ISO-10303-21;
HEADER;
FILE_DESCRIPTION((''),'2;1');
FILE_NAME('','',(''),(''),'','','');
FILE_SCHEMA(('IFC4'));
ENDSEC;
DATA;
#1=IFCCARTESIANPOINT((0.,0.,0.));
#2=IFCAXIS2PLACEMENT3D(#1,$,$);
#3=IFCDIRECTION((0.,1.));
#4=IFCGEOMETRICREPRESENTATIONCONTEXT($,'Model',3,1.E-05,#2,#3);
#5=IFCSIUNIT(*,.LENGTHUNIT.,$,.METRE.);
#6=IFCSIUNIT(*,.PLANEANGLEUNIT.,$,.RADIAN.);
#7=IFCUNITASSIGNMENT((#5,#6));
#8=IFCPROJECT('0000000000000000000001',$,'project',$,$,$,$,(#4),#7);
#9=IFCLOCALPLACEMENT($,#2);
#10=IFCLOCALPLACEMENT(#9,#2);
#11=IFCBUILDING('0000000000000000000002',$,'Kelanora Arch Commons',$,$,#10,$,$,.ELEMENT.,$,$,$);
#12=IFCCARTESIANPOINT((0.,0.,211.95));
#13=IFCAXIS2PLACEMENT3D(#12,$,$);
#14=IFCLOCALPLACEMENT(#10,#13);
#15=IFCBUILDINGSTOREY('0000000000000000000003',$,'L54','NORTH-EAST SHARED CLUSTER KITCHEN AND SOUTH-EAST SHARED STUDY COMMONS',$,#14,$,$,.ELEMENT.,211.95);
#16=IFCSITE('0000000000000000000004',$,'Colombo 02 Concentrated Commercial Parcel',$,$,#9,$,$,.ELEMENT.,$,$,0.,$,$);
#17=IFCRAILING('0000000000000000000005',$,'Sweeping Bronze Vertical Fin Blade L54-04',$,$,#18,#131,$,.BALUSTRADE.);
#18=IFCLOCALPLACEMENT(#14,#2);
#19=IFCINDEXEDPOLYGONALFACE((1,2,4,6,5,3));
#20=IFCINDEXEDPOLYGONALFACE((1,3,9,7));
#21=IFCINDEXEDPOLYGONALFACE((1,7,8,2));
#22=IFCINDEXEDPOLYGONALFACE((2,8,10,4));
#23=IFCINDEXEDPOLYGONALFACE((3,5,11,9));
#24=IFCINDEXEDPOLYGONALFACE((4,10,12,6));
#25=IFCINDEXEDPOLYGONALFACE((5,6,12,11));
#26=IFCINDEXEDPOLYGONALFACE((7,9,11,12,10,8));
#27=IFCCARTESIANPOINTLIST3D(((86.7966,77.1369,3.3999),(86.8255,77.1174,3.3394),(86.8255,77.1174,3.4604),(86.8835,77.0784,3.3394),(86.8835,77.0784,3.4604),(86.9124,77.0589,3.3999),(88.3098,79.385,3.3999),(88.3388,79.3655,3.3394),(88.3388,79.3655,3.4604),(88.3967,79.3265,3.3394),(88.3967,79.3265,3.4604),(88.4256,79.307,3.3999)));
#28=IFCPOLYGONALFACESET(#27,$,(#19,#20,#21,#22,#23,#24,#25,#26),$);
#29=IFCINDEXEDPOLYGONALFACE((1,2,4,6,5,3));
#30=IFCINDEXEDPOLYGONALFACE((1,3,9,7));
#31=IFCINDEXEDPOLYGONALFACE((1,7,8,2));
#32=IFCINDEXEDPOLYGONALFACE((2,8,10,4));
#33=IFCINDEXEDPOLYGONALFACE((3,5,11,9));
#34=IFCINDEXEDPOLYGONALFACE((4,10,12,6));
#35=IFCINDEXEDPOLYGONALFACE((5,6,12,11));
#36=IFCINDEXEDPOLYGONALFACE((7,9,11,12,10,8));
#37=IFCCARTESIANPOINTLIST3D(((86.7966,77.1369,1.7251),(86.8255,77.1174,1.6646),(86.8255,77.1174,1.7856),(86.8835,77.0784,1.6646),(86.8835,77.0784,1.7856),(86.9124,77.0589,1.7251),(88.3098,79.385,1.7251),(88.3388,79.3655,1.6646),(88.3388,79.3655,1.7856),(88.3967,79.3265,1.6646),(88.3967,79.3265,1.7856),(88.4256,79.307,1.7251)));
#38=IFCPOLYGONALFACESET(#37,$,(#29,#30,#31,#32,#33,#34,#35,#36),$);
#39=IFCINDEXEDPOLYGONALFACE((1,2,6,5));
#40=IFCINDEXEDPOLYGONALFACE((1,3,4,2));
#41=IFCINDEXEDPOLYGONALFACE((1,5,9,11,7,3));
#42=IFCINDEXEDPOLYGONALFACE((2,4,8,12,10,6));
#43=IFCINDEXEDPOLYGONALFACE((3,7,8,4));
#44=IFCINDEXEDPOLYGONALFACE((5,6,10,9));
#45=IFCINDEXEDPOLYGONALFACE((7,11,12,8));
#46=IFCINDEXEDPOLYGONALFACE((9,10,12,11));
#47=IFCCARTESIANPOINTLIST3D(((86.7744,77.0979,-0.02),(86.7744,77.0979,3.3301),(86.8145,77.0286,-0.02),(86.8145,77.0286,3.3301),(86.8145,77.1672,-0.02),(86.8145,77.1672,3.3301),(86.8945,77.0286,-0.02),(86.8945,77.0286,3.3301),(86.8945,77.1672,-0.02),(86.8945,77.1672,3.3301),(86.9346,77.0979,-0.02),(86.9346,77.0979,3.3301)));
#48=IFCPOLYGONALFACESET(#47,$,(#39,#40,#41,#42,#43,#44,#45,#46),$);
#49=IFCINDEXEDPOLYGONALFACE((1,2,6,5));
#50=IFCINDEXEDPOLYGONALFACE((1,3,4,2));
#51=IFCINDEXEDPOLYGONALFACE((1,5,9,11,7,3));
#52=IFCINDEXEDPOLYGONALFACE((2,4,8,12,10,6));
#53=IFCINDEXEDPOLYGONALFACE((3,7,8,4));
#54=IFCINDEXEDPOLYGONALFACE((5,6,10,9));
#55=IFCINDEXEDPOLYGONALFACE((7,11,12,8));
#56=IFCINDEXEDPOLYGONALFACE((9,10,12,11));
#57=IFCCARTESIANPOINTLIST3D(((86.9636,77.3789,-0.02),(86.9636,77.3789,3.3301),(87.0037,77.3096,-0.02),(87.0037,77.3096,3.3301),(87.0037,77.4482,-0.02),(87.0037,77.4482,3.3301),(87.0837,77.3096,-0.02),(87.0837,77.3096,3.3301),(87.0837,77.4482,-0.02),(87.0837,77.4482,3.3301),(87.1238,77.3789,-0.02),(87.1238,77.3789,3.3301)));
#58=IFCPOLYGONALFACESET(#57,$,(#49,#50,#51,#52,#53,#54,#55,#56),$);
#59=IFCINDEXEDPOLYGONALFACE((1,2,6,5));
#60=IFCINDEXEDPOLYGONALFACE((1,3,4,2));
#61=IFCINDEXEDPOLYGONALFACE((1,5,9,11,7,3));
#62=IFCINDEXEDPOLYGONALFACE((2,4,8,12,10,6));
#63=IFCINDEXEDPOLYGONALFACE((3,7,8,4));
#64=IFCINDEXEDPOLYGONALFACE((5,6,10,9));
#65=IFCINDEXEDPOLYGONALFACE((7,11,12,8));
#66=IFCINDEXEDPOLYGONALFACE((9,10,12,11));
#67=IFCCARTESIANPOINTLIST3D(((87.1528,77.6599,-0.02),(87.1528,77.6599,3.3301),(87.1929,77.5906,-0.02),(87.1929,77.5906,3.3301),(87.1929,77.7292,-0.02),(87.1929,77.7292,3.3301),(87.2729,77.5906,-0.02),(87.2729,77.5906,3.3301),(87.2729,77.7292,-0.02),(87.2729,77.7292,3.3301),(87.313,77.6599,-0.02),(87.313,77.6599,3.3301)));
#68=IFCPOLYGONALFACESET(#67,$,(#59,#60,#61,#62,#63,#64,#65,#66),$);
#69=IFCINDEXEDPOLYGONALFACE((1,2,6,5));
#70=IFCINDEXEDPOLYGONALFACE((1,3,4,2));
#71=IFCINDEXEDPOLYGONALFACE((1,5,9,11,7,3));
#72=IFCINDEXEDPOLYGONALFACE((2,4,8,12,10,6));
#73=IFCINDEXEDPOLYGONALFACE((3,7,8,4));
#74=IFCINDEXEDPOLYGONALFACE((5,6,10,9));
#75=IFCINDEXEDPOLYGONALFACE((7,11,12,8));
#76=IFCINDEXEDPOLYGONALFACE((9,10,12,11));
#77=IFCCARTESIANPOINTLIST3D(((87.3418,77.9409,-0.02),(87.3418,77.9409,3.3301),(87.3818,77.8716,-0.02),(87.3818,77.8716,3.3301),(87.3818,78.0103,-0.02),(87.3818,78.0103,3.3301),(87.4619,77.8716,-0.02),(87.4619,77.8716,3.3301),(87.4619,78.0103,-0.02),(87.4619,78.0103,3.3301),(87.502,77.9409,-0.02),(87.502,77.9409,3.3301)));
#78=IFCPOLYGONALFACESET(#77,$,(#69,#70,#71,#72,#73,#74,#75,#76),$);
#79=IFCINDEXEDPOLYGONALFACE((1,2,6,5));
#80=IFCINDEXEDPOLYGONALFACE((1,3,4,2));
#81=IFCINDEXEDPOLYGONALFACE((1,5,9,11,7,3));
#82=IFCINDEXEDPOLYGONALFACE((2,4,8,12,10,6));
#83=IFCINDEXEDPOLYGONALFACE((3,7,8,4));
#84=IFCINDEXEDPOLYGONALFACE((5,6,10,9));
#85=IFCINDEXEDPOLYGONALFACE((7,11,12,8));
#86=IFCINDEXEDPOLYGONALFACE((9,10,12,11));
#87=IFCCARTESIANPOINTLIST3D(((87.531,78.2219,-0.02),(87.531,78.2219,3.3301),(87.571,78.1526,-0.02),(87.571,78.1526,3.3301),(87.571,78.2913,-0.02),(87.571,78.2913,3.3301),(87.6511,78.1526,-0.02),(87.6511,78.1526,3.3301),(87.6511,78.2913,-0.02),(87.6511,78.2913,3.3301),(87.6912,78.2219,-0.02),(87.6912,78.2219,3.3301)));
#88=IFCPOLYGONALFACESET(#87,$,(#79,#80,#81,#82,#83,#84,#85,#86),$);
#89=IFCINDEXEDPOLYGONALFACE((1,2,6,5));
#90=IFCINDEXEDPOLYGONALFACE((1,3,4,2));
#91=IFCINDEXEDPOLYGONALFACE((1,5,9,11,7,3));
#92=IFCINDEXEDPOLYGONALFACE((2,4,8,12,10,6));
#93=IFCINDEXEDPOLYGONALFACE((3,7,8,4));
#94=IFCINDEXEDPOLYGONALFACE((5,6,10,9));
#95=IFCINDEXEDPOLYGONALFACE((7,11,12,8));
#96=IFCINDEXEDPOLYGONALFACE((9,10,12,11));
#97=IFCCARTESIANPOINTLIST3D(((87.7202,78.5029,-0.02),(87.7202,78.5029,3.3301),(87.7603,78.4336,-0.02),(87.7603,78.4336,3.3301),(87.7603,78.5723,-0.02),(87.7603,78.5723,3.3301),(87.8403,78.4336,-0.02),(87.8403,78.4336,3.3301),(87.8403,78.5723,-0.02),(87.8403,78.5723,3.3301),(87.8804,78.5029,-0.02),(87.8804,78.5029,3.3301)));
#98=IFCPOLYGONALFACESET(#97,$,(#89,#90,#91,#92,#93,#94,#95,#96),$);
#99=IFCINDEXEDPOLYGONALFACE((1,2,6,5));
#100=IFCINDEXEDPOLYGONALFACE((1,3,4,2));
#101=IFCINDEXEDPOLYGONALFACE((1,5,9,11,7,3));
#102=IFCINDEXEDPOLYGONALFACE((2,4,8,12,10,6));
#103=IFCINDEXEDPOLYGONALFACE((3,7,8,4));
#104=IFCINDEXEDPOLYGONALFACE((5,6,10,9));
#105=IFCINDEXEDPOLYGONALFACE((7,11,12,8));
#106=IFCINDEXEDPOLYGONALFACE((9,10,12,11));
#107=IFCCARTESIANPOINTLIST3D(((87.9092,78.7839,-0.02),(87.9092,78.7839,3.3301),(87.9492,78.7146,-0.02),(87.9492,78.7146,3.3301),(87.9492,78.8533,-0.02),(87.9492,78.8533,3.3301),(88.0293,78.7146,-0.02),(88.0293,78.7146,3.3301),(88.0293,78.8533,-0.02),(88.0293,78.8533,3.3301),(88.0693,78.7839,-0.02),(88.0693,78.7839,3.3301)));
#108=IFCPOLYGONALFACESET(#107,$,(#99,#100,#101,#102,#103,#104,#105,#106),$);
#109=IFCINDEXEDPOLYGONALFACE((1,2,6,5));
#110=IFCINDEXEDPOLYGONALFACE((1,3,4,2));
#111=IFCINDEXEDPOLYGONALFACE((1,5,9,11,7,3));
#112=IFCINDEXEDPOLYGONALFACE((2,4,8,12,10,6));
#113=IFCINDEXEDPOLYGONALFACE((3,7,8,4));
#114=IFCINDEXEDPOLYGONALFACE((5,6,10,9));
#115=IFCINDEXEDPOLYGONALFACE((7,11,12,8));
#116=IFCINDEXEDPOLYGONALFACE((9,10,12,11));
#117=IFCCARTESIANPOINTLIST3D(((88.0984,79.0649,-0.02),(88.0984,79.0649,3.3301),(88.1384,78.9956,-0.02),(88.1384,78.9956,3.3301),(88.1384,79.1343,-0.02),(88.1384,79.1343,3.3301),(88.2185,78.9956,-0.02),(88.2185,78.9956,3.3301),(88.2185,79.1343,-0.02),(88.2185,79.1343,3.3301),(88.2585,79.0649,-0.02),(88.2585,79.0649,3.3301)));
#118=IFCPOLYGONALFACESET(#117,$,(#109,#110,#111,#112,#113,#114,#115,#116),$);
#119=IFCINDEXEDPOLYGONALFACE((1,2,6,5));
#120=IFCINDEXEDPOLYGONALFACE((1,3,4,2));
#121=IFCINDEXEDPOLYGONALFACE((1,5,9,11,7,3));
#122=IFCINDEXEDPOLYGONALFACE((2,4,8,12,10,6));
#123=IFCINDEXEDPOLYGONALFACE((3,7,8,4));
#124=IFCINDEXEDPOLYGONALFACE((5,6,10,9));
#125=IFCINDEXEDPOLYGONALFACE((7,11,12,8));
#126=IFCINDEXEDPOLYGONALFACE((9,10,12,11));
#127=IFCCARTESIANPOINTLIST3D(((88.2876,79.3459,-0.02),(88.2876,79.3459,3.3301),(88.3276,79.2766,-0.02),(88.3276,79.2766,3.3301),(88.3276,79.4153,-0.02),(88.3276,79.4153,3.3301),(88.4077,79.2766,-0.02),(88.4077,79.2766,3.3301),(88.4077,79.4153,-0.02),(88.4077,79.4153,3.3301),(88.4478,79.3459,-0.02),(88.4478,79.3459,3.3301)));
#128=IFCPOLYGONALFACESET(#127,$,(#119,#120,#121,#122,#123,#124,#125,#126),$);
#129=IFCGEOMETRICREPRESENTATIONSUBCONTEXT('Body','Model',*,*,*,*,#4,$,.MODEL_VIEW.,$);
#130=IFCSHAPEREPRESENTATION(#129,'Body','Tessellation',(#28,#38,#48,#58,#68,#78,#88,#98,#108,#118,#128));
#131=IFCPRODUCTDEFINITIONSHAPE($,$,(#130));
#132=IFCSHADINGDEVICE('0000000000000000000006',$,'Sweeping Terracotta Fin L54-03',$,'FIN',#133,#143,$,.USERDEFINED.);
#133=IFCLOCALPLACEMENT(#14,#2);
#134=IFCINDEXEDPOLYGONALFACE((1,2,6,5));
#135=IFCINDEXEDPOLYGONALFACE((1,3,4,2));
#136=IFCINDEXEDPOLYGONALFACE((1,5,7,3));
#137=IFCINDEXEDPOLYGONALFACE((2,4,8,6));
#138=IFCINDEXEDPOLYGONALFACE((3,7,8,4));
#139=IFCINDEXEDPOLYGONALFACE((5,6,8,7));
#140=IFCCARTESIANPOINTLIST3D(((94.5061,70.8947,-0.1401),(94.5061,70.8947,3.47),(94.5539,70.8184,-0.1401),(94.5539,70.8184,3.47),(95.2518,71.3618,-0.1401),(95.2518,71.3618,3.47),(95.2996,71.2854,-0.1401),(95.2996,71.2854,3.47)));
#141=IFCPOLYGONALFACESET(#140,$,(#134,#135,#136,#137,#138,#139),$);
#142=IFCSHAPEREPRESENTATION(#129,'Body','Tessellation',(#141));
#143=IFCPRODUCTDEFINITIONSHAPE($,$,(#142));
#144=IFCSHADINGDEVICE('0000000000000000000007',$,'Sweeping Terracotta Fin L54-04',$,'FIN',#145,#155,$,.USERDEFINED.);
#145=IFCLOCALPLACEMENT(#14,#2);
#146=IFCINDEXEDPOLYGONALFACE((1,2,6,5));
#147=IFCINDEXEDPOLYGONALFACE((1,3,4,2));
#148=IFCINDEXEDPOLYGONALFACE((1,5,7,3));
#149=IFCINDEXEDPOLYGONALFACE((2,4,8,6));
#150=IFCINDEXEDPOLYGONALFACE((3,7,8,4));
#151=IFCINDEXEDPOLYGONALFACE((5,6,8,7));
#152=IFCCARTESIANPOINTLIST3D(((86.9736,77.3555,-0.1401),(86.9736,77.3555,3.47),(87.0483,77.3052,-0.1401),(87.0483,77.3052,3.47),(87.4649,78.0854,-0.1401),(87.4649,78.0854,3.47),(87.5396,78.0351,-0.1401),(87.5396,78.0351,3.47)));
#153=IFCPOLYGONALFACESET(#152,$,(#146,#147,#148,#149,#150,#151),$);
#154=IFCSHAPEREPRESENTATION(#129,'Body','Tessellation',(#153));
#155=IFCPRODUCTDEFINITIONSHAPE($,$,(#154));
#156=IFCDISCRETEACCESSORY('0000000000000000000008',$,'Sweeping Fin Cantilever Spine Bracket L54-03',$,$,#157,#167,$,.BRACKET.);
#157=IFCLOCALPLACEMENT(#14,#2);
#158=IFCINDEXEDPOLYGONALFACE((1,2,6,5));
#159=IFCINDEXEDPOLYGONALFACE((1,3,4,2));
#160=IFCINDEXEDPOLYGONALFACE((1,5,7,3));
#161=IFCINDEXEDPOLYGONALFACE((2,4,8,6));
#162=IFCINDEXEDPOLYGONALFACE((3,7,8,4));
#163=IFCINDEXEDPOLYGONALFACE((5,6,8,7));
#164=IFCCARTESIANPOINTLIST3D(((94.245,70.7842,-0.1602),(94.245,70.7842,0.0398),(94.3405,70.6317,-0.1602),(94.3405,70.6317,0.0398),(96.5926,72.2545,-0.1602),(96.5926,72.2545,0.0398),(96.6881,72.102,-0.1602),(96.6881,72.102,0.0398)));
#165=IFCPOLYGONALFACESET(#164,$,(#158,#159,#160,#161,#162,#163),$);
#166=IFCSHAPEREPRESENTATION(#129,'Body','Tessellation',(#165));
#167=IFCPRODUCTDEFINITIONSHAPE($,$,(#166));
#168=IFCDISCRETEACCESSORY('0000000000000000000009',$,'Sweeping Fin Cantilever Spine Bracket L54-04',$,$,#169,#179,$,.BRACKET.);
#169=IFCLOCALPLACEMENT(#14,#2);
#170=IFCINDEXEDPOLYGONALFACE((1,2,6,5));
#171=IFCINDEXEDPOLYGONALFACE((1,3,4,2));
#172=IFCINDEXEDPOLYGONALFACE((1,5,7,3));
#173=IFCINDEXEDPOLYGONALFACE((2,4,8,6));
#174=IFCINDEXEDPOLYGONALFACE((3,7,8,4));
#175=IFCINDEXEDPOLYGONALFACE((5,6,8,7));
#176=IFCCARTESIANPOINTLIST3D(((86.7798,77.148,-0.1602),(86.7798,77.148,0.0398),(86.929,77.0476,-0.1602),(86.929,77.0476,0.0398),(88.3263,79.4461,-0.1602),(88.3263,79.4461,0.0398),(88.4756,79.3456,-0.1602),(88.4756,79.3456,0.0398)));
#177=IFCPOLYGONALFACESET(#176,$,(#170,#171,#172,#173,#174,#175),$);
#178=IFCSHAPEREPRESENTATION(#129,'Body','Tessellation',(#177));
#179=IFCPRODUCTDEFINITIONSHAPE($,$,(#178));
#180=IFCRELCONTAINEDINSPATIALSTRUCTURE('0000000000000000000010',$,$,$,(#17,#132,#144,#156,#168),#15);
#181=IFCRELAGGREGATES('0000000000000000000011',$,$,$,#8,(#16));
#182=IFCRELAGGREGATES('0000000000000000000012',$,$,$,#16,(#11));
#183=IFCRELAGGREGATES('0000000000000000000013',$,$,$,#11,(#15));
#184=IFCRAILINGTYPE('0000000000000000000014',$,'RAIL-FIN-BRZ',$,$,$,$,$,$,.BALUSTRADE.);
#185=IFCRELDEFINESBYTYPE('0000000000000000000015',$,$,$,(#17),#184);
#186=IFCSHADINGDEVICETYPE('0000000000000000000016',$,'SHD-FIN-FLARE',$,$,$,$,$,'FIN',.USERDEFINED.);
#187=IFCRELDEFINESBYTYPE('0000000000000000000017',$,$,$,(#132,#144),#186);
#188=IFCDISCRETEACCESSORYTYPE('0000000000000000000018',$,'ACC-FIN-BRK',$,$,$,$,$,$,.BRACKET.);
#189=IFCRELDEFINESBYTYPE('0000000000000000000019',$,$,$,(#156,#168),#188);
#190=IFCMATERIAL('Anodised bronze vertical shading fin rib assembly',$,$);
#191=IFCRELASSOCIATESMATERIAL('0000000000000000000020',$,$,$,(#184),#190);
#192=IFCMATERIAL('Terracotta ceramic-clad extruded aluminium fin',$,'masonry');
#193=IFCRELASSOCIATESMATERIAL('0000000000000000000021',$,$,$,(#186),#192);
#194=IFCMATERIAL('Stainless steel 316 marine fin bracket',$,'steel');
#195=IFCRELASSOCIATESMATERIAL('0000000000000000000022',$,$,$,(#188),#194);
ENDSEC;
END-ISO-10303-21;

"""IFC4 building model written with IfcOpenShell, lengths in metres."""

from ifc_helpers import new_model, si_unit, direction, frame, origin, origin_2d, place, context, subcontext, project, spatial, polyline, rectangle, outline, extrude, source, transform, mapped, material, type_object, element, save


model = new_model("IFC4")

# Units and contexts
model_context = context("Model", 3, precision=1e-05, world=origin(), true_north=direction((0.0, 1.0)))
body_context = subcontext(model_context, "Body", "Model", "MODEL_VIEW")
ifc_project = project(units=[si_unit("LENGTHUNIT", "METRE"), si_unit("PLANEANGLEUNIT", "RADIAN")], contexts=[model_context])

# Site, building, storey
site_placement = place(None, origin())
site = spatial("IfcSite", under=ifc_project, at=site_placement, Name="Colombo 02 Concentrated Commercial Parcel", CompositionType="ELEMENT", RefElevation=0.0)
building_placement = place(site_placement, origin())
building = spatial("IfcBuilding", under=site, at=building_placement, Name="Kelanora Arch Commons", CompositionType="ELEMENT")
storey_placement = place(building_placement, frame((0.0, 0.0, 211.95)))
storey = spatial("IfcBuildingStorey", under=building, at=storey_placement, Name="L54", Description="NORTH-EAST SHARED CLUSTER KITCHEN AND SOUTH-EAST SHARED STUDY COMMONS", CompositionType="ELEMENT", Elevation=211.95)

# Railing
ifc_material_1 = material(Name="Anodised bronze vertical shading fin rib assembly")
railing_type = type_object("IfcRailingType", Name="RAIL-FIN-BRZ", PredefinedType="BALUSTRADE", material=ifc_material_1)
railing_1_placement = place(storey_placement, frame((86.8545, 77.0979, -0.02)))
element("IfcRailing", 1, at=railing_1_placement, inside=storey, type_object=railing_type, Name="Sweeping Bronze Vertical Fin Blade L54-04", PredefinedType="BALUSTRADE", context=body_context, shape_type="SweptSolid", body=[
    extrude(outline(polyline([(0.0698, 0.0), (0.0349, 0.0605), (-0.0349, 0.0605), (-0.0698, 0.0), (-0.0349, -0.0605), (0.0349, -0.0605), (0.0698, 0.0)])), frame((0.0, 0.0, 3.4199), z_axis=(0.558395, 0.829575, 0.0), x_axis=(-0.829575, 0.558395, 0.0)), (0.0, 0.0, 1.0), 2.71),
    extrude(outline(polyline([(0.0698, 0.0), (0.0349, 0.0605), (-0.0349, 0.0605), (-0.0698, 0.0), (-0.0349, -0.0605), (0.0349, -0.0605), (0.0698, 0.0)])), frame((0.0, 0.0, 1.7451), z_axis=(0.558395, 0.829575, 0.0), x_axis=(-0.829575, 0.558395, 0.0)), (0.0, 0.0, 1.0), 2.71),
    extrude(outline(polyline([(0.0801, 0.0), (0.04, 0.0693), (-0.04, 0.0693), (-0.0801, 0.0), (-0.04, -0.0693), (0.04, -0.0693), (0.0801, 0.0)])), origin(), (0.0, 0.0, 1.0), 3.3501),
    extrude(outline(polyline([(0.0801, 0.0), (0.04, 0.0693), (-0.04, 0.0693), (-0.0801, 0.0), (-0.04, -0.0693), (0.04, -0.0693), (0.0801, 0.0)])), frame((0.1892, 0.281, 0.0)), (0.0, 0.0, 1.0), 3.3501),
    extrude(outline(polyline([(0.0801, 0.0), (0.04, 0.0693), (-0.04, 0.0693), (-0.0801, 0.0), (-0.04, -0.0693), (0.04, -0.0693), (0.0801, 0.0)])), frame((0.3784, 0.562, 0.0)), (0.0, 0.0, 1.0), 3.3501),
    extrude(outline(polyline([(0.0801, 0.0), (0.04, 0.0693), (-0.04, 0.0693), (-0.0801, 0.0), (-0.04, -0.0693), (0.04, -0.0693), (0.0801, 0.0)])), frame((0.5674, 0.843, 0.0)), (0.0, 0.0, 1.0), 3.3501),
    extrude(outline(polyline([(0.0801, 0.0), (0.04, 0.0693), (-0.04, 0.0693), (-0.0801, 0.0), (-0.04, -0.0693), (0.04, -0.0693), (0.0801, 0.0)])), frame((0.7566, 1.124, 0.0)), (0.0, 0.0, 1.0), 3.3501),
    extrude(outline(polyline([(0.0801, 0.0), (0.04, 0.0693), (-0.04, 0.0693), (-0.0801, 0.0), (-0.04, -0.0693), (0.04, -0.0693), (0.0801, 0.0)])), frame((0.9458, 1.405, 0.0)), (0.0, 0.0, 1.0), 3.3501),
    extrude(outline(polyline([(0.0801, 0.0), (0.04, 0.0693), (-0.04, 0.0693), (-0.0801, 0.0), (-0.04, -0.0693), (0.04, -0.0693), (0.0801, 0.0)])), frame((1.1348, 1.686, 0.0)), (0.0, 0.0, 1.0), 3.3501),
    extrude(outline(polyline([(0.0801, 0.0), (0.04, 0.0693), (-0.04, 0.0693), (-0.0801, 0.0), (-0.04, -0.0693), (0.04, -0.0693), (0.0801, 0.0)])), frame((1.324, 1.967, 0.0)), (0.0, 0.0, 1.0), 3.3501),
    extrude(outline(polyline([(0.0801, 0.0), (0.04, 0.0693), (-0.04, 0.0693), (-0.0801, 0.0), (-0.04, -0.0693), (0.04, -0.0693), (0.0801, 0.0)])), frame((1.5132, 2.248, 0.0)), (0.0, 0.0, 1.0), 3.3501),
])

# Shading devices
ifc_material_2 = material(Name="Terracotta ceramic-clad extruded aluminium fin", Category="masonry")
shading_device_type = type_object("IfcShadingDeviceType", Name="SHD-FIN-FLARE", ElementType="FIN", PredefinedType="USERDEFINED", material=ifc_material_2)
shared_shape_1 = source(origin(), body_context, "Body", "SweptSolid", [
    extrude(rectangle(XDim=0.8799, YDim=0.0901, at=origin_2d()), origin(), (0.0, 0.0, 1.0), 3.6101),
])
for number, where, z_axis, x_axis, name in (
    (2, (94.9028, 71.0901, -0.1401), (0.0, 0.0, 1.0), (0.847493, 0.530807, 0.0), "Sweeping Terracotta Fin L54-03"),
    (3, (87.2566, 77.6953, -0.1401), (0.0, 0.0, 1.0), (0.558324, 0.829623, 0.0), "Sweeping Terracotta Fin L54-04"),
):
    element("IfcShadingDevice", number, at=place(storey_placement, frame(where, z_axis=z_axis, x_axis=x_axis)), inside=storey, type_object=shading_device_type, Name=name, ObjectType="FIN", PredefinedType="USERDEFINED", context=body_context, shape_type="MappedRepresentation", body=[
        mapped(shared_shape_1, transform((0.0, 0.0, 0.0), scale=1.0)),
    ])

# Discrete accessories
ifc_material_3 = material(Name="Stainless steel 316 marine fin bracket", Category="steel")
discrete_accessory_type = type_object("IfcDiscreteAccessoryType", Name="ACC-FIN-BRK", PredefinedType="BRACKET", material=ifc_material_3)
shared_shape_2 = source(origin(), body_context, "Body", "SweptSolid", [
    extrude(rectangle(XDim=2.77, YDim=0.1799, at=origin_2d()), origin(), (0.0, 0.0, 1.0), 0.2),
])
for number, where, z_axis, x_axis, name in (
    (4, (95.4666, 71.4431, -0.1602), (0.0, 0.0, 1.0), (0.847493, 0.530807, 0.0), "Sweeping Fin Cantilever Spine Bracket L54-03"),
    (5, (87.6277, 78.2468, -0.1602), (0.0, 0.0, 1.0), (0.558324, 0.829623, 0.0), "Sweeping Fin Cantilever Spine Bracket L54-04"),
):
    element("IfcDiscreteAccessory", number, at=place(storey_placement, frame(where, z_axis=z_axis, x_axis=x_axis)), inside=storey, type_object=discrete_accessory_type, Name=name, PredefinedType="BRACKET", context=body_context, shape_type="MappedRepresentation", body=[
        mapped(shared_shape_2, transform((0.0, 0.0, 0.0), scale=1.0)),
    ])

save(model, "model.ifc")
